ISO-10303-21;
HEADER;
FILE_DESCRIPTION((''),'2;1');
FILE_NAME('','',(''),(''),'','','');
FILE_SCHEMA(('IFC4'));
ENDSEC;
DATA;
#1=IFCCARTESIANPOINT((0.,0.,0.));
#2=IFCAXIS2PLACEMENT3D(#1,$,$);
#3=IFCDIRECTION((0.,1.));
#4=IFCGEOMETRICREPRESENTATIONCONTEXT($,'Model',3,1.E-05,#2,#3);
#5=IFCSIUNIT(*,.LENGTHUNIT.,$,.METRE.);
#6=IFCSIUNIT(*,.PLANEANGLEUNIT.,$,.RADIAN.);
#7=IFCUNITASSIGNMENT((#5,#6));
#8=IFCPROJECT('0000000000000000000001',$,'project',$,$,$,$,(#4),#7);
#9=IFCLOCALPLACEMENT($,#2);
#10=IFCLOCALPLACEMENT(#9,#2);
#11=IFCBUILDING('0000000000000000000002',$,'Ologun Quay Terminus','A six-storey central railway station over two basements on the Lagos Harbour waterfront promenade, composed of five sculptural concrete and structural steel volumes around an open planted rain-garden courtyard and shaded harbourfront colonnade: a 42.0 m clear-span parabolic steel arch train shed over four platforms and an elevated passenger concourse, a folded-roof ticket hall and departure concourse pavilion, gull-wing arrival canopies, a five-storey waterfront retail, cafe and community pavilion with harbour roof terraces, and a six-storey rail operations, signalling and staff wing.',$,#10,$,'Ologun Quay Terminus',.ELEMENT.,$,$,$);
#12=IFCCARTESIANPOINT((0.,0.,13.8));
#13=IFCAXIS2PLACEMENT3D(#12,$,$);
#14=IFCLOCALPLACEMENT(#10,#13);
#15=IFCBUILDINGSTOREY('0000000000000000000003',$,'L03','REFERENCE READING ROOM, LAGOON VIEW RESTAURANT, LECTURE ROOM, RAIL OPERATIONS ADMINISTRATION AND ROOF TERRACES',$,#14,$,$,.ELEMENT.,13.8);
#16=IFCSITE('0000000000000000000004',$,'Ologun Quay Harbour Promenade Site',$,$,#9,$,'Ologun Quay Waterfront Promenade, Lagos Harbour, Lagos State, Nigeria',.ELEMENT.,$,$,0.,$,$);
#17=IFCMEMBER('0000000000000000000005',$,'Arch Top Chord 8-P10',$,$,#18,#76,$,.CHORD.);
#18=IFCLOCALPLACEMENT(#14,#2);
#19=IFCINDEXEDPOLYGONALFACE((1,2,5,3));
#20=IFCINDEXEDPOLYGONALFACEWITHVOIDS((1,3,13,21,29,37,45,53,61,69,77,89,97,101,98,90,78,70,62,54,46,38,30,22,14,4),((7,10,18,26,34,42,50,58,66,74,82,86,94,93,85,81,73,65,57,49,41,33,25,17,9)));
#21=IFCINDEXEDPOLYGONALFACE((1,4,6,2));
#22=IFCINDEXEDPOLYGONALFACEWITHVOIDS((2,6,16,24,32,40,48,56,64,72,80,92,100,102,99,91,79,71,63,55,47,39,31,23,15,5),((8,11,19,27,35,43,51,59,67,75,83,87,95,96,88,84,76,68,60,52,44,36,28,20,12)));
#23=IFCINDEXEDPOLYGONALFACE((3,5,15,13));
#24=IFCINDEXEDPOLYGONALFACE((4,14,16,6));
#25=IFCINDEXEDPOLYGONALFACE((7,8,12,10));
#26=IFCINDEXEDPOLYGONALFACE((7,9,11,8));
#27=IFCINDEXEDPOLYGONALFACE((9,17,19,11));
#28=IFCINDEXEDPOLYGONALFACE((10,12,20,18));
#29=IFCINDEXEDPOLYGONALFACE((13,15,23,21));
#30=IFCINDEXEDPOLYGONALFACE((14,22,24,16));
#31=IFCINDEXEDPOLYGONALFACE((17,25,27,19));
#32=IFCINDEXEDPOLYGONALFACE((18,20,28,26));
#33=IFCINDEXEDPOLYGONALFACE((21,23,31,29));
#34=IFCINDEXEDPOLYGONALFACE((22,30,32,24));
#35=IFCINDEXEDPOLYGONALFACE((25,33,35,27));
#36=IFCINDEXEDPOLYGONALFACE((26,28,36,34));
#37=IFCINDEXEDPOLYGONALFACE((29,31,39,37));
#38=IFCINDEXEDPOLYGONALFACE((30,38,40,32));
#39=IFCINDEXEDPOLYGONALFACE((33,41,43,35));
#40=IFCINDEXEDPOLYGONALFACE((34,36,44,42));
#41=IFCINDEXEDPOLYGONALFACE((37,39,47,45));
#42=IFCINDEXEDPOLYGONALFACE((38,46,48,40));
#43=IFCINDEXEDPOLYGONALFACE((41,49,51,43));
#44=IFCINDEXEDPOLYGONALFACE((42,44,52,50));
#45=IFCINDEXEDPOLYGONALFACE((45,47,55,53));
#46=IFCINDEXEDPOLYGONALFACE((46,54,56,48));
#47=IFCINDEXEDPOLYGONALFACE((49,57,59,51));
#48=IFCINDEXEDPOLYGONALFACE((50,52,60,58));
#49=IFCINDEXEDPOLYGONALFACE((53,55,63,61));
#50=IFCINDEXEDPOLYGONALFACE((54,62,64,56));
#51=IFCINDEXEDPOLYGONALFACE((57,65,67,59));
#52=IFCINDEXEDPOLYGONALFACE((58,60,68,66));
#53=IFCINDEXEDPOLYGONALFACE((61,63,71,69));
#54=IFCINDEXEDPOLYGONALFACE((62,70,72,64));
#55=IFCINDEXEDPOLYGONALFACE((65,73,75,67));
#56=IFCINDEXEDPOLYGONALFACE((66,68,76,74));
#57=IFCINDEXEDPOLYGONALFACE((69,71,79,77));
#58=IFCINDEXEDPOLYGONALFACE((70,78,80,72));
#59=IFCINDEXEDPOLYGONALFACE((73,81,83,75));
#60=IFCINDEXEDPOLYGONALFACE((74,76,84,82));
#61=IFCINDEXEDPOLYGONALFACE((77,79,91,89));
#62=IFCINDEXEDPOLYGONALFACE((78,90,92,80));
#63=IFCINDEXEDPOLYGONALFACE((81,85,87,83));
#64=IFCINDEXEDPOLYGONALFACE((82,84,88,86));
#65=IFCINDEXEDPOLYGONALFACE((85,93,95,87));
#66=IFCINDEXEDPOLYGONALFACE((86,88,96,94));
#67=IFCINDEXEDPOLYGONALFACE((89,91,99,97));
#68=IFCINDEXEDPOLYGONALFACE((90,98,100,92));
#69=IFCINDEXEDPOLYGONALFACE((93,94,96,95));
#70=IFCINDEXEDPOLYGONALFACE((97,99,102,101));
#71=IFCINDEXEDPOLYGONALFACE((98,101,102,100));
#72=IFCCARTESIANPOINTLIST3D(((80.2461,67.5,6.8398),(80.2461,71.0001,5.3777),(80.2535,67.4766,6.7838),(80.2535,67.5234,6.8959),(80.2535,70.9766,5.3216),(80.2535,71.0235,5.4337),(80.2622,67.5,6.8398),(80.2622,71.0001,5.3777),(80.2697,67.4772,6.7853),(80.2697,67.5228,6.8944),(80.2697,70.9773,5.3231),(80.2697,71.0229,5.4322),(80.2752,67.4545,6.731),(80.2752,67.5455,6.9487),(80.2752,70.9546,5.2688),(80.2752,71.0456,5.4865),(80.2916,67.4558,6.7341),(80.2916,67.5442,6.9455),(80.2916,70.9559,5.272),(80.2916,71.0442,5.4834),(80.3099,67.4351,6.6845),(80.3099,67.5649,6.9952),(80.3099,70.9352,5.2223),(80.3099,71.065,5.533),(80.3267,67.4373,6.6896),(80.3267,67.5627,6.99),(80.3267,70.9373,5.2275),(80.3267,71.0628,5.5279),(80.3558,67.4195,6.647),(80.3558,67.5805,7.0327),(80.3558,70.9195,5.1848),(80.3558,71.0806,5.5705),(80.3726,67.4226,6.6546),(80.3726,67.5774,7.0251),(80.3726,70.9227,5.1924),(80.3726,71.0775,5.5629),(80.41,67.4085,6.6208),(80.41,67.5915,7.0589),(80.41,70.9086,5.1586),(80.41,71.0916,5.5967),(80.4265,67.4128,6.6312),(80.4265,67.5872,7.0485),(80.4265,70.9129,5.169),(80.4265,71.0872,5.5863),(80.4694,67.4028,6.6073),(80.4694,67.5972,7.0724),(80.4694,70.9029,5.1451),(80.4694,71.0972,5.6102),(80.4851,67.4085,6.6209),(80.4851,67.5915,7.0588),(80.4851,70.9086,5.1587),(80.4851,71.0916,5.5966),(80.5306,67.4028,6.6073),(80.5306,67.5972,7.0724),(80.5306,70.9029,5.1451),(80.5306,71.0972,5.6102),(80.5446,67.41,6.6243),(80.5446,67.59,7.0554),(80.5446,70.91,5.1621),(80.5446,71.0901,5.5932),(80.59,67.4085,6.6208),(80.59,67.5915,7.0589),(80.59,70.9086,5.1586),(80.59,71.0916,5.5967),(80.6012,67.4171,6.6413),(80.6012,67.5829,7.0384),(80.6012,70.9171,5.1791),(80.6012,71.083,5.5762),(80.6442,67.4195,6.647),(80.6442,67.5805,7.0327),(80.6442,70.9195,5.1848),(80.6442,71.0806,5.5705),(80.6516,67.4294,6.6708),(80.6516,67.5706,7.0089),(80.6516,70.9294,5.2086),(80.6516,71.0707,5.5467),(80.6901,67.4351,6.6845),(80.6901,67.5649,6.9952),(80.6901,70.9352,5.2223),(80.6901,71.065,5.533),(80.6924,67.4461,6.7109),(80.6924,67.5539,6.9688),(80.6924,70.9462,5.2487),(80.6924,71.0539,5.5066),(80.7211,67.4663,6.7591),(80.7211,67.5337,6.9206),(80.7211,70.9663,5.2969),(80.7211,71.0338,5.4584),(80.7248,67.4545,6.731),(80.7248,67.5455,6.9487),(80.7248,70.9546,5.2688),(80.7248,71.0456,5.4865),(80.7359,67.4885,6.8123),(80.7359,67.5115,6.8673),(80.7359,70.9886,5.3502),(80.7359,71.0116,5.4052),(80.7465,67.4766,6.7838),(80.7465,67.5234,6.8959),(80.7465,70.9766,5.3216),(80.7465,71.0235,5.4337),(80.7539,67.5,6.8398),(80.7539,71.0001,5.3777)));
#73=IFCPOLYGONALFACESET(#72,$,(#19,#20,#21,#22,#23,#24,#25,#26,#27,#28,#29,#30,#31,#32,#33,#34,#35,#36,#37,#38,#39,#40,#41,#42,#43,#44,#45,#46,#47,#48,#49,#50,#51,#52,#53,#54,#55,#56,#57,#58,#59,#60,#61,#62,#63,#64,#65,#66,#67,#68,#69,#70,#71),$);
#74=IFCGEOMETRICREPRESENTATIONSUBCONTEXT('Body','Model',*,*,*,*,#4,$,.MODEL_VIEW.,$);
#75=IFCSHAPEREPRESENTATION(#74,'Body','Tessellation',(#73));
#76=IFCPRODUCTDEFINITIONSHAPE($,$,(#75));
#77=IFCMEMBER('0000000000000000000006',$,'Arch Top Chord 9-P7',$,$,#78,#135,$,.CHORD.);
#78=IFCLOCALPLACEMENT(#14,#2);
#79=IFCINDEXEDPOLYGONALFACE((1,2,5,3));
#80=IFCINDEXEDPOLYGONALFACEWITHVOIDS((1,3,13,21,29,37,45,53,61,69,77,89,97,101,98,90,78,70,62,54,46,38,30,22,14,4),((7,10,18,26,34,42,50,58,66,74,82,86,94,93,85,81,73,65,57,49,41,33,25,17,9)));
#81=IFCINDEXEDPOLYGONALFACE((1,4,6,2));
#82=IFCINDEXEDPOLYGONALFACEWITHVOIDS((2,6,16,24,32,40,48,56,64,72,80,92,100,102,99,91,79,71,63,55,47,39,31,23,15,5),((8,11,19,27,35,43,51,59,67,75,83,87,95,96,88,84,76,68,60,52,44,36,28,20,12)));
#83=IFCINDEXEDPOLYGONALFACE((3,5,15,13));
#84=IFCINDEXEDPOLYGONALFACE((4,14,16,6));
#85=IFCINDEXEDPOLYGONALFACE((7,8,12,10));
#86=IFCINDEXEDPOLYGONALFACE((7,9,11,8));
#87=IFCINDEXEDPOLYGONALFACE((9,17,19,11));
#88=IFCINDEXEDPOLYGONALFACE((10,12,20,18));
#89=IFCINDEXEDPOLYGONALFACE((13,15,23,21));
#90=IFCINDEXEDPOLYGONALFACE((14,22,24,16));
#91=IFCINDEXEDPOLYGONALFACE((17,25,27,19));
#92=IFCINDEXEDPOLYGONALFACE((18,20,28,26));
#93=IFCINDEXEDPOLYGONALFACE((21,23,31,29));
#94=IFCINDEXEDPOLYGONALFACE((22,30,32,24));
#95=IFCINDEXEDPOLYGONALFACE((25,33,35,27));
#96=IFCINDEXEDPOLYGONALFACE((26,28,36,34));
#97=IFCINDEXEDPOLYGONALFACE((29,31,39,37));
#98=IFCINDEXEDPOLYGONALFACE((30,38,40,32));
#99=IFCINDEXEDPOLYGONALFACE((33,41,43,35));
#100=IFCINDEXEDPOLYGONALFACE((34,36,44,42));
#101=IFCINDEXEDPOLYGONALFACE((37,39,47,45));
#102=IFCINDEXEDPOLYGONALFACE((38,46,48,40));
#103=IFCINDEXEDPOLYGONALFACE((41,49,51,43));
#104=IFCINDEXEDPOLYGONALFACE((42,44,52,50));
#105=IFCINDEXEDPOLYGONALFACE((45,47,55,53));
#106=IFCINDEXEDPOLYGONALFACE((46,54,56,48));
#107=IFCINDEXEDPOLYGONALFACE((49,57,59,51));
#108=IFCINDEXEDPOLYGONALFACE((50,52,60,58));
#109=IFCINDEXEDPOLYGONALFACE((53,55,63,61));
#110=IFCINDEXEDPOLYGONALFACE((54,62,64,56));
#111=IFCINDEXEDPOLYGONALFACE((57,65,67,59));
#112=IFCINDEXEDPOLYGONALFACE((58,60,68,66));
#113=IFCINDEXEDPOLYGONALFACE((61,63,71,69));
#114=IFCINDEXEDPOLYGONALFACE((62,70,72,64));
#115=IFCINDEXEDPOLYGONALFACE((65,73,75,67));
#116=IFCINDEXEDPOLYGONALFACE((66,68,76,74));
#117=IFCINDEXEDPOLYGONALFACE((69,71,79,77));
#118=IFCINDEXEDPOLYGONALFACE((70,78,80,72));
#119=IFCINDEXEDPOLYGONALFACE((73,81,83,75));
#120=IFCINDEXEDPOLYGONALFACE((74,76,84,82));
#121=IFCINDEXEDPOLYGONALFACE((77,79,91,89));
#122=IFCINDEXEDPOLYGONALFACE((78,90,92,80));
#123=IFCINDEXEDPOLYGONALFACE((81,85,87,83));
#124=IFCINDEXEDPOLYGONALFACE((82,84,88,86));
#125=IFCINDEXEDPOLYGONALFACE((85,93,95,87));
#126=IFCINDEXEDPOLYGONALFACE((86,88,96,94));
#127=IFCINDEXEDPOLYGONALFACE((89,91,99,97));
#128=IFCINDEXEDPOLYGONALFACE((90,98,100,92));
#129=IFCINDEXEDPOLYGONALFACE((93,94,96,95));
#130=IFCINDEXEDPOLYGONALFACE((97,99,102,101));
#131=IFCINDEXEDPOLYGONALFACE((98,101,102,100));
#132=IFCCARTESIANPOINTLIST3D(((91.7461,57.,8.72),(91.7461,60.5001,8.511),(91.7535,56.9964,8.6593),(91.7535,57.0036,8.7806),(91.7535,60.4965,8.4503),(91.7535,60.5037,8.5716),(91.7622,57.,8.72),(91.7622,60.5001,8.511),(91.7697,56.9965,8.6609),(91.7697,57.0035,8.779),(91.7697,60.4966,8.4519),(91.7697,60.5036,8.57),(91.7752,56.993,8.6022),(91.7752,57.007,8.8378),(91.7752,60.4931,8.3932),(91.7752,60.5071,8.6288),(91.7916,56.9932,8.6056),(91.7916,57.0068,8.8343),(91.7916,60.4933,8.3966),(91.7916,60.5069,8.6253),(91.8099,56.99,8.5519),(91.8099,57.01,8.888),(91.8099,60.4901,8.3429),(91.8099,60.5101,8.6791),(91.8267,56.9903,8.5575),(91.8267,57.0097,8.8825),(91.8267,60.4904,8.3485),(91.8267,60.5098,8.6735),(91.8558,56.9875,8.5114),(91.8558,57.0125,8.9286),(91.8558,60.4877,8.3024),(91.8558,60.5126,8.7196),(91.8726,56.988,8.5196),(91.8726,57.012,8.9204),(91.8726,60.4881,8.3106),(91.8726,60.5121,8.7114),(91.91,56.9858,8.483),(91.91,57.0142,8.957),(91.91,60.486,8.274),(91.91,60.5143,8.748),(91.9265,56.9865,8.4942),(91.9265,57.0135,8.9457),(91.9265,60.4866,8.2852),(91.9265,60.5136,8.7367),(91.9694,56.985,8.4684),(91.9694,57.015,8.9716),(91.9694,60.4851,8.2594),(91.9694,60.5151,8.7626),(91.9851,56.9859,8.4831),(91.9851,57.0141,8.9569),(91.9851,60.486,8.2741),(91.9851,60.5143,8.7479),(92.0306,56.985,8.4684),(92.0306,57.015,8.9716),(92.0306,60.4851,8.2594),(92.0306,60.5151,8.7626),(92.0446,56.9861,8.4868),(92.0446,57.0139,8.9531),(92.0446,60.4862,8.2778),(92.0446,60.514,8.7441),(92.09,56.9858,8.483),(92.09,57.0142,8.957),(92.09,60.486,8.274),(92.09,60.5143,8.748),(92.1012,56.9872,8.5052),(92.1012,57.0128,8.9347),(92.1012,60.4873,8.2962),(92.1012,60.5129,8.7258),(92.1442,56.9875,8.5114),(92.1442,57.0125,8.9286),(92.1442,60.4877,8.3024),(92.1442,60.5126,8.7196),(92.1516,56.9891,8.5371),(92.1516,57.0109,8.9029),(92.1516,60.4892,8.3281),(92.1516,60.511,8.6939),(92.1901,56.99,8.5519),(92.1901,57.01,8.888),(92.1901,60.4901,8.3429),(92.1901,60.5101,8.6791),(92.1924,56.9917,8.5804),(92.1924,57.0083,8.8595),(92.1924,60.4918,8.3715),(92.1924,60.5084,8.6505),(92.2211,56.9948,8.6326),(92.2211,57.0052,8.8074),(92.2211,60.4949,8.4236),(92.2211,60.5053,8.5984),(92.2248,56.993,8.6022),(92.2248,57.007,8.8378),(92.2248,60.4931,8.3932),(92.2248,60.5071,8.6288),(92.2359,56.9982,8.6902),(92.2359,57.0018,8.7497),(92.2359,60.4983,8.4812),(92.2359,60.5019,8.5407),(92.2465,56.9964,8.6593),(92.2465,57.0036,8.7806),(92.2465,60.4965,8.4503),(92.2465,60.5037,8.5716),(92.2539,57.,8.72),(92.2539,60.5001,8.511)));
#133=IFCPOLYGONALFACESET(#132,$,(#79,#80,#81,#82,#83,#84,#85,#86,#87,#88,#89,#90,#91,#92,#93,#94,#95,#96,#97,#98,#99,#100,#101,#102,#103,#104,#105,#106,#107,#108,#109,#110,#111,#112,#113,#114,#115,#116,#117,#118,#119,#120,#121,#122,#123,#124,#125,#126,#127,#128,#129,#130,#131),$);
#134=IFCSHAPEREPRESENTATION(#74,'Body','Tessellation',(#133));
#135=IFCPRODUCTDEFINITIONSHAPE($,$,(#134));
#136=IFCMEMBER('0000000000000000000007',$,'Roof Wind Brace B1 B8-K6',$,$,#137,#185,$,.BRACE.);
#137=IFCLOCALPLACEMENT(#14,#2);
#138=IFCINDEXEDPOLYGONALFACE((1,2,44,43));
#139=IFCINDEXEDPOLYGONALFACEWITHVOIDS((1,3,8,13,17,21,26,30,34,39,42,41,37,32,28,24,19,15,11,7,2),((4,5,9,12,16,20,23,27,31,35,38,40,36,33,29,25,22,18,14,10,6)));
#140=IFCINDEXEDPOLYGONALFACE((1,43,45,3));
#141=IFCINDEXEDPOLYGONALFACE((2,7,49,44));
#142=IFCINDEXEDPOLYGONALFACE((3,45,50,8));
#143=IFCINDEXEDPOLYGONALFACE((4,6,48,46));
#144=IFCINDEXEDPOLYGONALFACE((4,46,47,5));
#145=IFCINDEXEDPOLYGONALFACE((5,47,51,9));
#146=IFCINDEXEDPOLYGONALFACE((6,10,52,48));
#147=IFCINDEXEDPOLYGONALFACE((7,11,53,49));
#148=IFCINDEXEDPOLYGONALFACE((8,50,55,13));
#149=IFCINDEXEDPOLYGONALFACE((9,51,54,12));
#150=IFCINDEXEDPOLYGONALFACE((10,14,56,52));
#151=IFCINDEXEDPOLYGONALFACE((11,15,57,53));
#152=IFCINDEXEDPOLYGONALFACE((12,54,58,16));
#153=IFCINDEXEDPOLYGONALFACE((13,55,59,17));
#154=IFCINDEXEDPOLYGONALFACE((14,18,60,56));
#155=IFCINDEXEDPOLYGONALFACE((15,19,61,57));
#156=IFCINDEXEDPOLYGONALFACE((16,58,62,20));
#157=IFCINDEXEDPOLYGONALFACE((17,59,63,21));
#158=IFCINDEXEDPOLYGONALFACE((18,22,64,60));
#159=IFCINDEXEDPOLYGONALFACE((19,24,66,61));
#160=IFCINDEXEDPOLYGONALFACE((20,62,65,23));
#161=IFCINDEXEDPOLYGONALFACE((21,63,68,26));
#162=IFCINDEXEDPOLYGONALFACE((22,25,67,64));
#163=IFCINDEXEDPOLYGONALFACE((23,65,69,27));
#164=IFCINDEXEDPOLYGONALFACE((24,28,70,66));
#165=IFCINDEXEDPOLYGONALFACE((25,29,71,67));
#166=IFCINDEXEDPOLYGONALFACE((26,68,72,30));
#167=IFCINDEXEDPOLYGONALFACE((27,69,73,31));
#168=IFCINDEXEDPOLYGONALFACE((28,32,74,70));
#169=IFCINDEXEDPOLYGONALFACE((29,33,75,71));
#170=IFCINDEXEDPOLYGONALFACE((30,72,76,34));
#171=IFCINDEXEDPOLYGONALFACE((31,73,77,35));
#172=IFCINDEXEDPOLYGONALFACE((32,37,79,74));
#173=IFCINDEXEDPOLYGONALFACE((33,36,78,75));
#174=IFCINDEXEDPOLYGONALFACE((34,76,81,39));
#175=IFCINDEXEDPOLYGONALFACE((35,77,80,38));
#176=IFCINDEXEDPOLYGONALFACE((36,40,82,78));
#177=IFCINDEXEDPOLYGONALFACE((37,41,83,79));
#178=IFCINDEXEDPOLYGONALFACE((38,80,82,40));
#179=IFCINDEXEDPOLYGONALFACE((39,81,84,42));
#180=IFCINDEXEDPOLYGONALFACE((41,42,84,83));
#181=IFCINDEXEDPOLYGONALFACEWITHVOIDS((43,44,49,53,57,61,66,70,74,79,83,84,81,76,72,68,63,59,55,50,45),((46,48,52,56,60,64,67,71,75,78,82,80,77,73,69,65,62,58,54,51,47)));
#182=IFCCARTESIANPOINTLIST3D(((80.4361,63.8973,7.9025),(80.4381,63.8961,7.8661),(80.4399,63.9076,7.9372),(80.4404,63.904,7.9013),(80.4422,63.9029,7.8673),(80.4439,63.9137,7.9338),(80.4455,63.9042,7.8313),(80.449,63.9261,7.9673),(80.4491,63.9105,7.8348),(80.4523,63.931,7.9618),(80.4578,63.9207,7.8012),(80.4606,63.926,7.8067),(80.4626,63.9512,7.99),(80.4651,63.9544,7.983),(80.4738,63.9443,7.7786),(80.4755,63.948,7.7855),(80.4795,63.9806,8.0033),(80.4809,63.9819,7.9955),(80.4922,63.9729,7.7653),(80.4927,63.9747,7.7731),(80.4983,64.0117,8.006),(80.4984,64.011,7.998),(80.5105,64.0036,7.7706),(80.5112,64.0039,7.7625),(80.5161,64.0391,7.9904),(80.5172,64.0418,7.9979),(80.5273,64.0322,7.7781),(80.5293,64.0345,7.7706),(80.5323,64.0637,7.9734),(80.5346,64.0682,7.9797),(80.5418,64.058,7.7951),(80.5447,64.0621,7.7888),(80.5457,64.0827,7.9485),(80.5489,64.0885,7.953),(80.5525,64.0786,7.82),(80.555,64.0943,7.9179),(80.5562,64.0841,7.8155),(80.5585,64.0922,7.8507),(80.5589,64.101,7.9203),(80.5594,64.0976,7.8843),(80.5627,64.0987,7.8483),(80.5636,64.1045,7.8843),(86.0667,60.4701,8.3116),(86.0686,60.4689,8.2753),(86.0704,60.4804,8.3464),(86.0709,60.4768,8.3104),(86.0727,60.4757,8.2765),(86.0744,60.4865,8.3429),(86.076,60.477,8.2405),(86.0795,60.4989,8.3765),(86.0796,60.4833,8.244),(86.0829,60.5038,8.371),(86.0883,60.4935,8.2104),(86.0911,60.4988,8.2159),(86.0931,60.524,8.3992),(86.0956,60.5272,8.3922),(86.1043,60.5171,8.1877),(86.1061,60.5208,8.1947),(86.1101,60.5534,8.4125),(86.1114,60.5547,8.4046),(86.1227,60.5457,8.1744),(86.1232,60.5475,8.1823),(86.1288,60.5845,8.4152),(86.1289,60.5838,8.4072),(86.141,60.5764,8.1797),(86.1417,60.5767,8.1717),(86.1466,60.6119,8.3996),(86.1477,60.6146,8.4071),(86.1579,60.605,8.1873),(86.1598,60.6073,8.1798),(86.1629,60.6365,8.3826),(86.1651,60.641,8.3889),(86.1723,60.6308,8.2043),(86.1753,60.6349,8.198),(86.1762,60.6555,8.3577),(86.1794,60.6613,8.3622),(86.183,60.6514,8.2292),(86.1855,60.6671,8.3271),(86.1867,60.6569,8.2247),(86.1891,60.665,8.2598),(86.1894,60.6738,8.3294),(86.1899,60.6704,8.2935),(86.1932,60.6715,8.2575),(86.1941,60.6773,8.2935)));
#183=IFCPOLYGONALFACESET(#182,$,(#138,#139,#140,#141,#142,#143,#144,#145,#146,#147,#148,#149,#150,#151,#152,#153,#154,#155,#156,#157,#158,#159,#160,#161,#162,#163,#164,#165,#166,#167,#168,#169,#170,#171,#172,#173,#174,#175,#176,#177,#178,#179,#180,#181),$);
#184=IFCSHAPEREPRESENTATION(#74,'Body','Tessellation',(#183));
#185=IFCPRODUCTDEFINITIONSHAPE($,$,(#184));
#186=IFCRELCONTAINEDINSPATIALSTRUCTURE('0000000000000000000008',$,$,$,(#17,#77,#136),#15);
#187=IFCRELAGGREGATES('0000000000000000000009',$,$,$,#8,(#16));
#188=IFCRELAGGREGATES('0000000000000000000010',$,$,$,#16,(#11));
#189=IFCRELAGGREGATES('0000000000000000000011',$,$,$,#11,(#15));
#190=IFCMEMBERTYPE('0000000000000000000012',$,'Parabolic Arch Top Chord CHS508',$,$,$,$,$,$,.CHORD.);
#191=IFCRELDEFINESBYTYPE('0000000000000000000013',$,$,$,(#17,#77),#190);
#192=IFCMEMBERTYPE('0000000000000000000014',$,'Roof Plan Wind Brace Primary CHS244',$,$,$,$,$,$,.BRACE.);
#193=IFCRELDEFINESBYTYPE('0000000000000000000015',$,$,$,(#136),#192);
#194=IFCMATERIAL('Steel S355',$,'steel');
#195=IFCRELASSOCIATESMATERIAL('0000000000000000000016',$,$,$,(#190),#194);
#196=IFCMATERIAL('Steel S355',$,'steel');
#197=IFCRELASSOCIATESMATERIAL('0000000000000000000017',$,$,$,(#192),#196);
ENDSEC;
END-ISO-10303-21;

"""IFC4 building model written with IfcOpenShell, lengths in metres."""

from ifc_helpers import new_model, si_unit, direction, frame, origin, origin_2d, place, context, subcontext, project, spatial, hollow_circle, extrude, material, material_profile, profile_set, type_object, element, save


model = new_model("IFC4")

# Units and contexts
model_context = context("Model", 3, precision=1e-05, world=origin(), true_north=direction((0.0, 1.0)))
body_context = subcontext(model_context, "Body", "Model", "MODEL_VIEW")
ifc_project = project(units=[si_unit("LENGTHUNIT", "METRE"), si_unit("PLANEANGLEUNIT", "RADIAN")], contexts=[model_context])

# Site, building, storey
site_placement = place(None, origin())
site = spatial("IfcSite", under=ifc_project, at=site_placement, Name="Ologun Quay Harbour Promenade Site", LongName="Ologun Quay Waterfront Promenade, Lagos Harbour, Lagos State, Nigeria", CompositionType="ELEMENT", RefElevation=0.0)
building_placement = place(site_placement, origin())
building = spatial("IfcBuilding", under=site, at=building_placement, Name="Ologun Quay Terminus", Description="A six-storey central railway station over two basements on the Lagos Harbour waterfront promenade, composed of five sculptural concrete and structural steel volumes around an open planted rain-garden courtyard and shaded harbourfront colonnade: a 42.0 m clear-span parabolic steel arch train shed over four platforms and an elevated passenger concourse, a folded-roof ticket hall and departure concourse pavilion, gull-wing arrival canopies, a five-storey waterfront retail, cafe and community pavilion with harbour roof terraces, and a six-storey rail operations, signalling and staff wing.", LongName="Ologun Quay Terminus", CompositionType="ELEMENT")
storey_placement = place(building_placement, frame((0.0, 0.0, 13.8)))
storey = spatial("IfcBuildingStorey", under=building, at=storey_placement, Name="L03", Description="REFERENCE READING ROOM, LAGOON VIEW RESTAURANT, LECTURE ROOM, RAIL OPERATIONS ADMINISTRATION AND ROOF TERRACES", CompositionType="ELEMENT", Elevation=13.8)

# Members
ifc_material_1 = material(Name="Steel S355", Category="steel")
ifc_material_profile_1 = material_profile(ifc_material_1, hollow_circle(Radius=0.2539, WallThickness=0.0161, at=origin_2d()), Name="CHS 508x16")
ifc_profile_set_1 = profile_set([ifc_material_profile_1], Name="Steel S355")
member_type_1 = type_object("IfcMemberType", Name="Parabolic Arch Top Chord CHS508", PredefinedType="CHORD", material=ifc_profile_set_1)
member_1_placement = place(storey_placement, frame((80.5, 67.5, 6.8398), z_axis=(0.0, 0.922719, -0.385474), x_axis=(-1.0, 0.0, 0.0)))
element("IfcMember", 1, at=member_1_placement, inside=storey, type_object=member_type_1, Name="Arch Top Chord 8-P10", PredefinedType="CHORD", context=body_context, shape_type="SweptSolid", body=[
    extrude(hollow_circle(Radius=0.2539, WallThickness=0.0161, at=origin_2d()), origin(), (0.0, 0.0, 1.0), 3.7932),
])
member_2_placement = place(storey_placement, frame((92.0, 57.0, 8.72), z_axis=(0.0, 0.998222, -0.059604), x_axis=(-1.0, 0.0, 0.0)))
element("IfcMember", 2, at=member_2_placement, inside=storey, type_object=member_type_1, Name="Arch Top Chord 9-P7", PredefinedType="CHORD", context=body_context, shape_type="SweptSolid", body=[
    extrude(hollow_circle(Radius=0.2539, WallThickness=0.0161, at=origin_2d()), origin(), (0.0, 0.0, 1.0), 3.5063),
])
ifc_material_2 = material(Name="Steel S355", Category="steel")
ifc_material_profile_2 = material_profile(ifc_material_2, hollow_circle(Radius=0.1223, WallThickness=0.0081, at=origin_2d()), Name="CHS 244.5x8")
ifc_profile_set_2 = profile_set([ifc_material_profile_2], Name="Steel S355")
member_type_2 = type_object("IfcMemberType", Name="Roof Plan Wind Brace Primary CHS244", PredefinedType="BRACE", material=ifc_profile_set_2)
for number, where, z_axis, x_axis, name in (
    (3, (80.5, 64.0, 7.8843), (0.852563, -0.518939, 0.061956), (0.519938, 0.854204, 0.0), "Roof Wind Brace B1 B8-K6"),
):
    element("IfcMember", number, at=place(storey_placement, frame(where, z_axis=z_axis, x_axis=x_axis)), inside=storey, type_object=member_type_2, Name=name, PredefinedType="BRACE", context=body_context, shape_type="SweptSolid", body=[
        extrude(hollow_circle(Radius=0.1223, WallThickness=0.0081, at=origin_2d()), origin(), (0.0, 0.0, 1.0), 6.6042),
    ])

save(model, "model.ifc")
